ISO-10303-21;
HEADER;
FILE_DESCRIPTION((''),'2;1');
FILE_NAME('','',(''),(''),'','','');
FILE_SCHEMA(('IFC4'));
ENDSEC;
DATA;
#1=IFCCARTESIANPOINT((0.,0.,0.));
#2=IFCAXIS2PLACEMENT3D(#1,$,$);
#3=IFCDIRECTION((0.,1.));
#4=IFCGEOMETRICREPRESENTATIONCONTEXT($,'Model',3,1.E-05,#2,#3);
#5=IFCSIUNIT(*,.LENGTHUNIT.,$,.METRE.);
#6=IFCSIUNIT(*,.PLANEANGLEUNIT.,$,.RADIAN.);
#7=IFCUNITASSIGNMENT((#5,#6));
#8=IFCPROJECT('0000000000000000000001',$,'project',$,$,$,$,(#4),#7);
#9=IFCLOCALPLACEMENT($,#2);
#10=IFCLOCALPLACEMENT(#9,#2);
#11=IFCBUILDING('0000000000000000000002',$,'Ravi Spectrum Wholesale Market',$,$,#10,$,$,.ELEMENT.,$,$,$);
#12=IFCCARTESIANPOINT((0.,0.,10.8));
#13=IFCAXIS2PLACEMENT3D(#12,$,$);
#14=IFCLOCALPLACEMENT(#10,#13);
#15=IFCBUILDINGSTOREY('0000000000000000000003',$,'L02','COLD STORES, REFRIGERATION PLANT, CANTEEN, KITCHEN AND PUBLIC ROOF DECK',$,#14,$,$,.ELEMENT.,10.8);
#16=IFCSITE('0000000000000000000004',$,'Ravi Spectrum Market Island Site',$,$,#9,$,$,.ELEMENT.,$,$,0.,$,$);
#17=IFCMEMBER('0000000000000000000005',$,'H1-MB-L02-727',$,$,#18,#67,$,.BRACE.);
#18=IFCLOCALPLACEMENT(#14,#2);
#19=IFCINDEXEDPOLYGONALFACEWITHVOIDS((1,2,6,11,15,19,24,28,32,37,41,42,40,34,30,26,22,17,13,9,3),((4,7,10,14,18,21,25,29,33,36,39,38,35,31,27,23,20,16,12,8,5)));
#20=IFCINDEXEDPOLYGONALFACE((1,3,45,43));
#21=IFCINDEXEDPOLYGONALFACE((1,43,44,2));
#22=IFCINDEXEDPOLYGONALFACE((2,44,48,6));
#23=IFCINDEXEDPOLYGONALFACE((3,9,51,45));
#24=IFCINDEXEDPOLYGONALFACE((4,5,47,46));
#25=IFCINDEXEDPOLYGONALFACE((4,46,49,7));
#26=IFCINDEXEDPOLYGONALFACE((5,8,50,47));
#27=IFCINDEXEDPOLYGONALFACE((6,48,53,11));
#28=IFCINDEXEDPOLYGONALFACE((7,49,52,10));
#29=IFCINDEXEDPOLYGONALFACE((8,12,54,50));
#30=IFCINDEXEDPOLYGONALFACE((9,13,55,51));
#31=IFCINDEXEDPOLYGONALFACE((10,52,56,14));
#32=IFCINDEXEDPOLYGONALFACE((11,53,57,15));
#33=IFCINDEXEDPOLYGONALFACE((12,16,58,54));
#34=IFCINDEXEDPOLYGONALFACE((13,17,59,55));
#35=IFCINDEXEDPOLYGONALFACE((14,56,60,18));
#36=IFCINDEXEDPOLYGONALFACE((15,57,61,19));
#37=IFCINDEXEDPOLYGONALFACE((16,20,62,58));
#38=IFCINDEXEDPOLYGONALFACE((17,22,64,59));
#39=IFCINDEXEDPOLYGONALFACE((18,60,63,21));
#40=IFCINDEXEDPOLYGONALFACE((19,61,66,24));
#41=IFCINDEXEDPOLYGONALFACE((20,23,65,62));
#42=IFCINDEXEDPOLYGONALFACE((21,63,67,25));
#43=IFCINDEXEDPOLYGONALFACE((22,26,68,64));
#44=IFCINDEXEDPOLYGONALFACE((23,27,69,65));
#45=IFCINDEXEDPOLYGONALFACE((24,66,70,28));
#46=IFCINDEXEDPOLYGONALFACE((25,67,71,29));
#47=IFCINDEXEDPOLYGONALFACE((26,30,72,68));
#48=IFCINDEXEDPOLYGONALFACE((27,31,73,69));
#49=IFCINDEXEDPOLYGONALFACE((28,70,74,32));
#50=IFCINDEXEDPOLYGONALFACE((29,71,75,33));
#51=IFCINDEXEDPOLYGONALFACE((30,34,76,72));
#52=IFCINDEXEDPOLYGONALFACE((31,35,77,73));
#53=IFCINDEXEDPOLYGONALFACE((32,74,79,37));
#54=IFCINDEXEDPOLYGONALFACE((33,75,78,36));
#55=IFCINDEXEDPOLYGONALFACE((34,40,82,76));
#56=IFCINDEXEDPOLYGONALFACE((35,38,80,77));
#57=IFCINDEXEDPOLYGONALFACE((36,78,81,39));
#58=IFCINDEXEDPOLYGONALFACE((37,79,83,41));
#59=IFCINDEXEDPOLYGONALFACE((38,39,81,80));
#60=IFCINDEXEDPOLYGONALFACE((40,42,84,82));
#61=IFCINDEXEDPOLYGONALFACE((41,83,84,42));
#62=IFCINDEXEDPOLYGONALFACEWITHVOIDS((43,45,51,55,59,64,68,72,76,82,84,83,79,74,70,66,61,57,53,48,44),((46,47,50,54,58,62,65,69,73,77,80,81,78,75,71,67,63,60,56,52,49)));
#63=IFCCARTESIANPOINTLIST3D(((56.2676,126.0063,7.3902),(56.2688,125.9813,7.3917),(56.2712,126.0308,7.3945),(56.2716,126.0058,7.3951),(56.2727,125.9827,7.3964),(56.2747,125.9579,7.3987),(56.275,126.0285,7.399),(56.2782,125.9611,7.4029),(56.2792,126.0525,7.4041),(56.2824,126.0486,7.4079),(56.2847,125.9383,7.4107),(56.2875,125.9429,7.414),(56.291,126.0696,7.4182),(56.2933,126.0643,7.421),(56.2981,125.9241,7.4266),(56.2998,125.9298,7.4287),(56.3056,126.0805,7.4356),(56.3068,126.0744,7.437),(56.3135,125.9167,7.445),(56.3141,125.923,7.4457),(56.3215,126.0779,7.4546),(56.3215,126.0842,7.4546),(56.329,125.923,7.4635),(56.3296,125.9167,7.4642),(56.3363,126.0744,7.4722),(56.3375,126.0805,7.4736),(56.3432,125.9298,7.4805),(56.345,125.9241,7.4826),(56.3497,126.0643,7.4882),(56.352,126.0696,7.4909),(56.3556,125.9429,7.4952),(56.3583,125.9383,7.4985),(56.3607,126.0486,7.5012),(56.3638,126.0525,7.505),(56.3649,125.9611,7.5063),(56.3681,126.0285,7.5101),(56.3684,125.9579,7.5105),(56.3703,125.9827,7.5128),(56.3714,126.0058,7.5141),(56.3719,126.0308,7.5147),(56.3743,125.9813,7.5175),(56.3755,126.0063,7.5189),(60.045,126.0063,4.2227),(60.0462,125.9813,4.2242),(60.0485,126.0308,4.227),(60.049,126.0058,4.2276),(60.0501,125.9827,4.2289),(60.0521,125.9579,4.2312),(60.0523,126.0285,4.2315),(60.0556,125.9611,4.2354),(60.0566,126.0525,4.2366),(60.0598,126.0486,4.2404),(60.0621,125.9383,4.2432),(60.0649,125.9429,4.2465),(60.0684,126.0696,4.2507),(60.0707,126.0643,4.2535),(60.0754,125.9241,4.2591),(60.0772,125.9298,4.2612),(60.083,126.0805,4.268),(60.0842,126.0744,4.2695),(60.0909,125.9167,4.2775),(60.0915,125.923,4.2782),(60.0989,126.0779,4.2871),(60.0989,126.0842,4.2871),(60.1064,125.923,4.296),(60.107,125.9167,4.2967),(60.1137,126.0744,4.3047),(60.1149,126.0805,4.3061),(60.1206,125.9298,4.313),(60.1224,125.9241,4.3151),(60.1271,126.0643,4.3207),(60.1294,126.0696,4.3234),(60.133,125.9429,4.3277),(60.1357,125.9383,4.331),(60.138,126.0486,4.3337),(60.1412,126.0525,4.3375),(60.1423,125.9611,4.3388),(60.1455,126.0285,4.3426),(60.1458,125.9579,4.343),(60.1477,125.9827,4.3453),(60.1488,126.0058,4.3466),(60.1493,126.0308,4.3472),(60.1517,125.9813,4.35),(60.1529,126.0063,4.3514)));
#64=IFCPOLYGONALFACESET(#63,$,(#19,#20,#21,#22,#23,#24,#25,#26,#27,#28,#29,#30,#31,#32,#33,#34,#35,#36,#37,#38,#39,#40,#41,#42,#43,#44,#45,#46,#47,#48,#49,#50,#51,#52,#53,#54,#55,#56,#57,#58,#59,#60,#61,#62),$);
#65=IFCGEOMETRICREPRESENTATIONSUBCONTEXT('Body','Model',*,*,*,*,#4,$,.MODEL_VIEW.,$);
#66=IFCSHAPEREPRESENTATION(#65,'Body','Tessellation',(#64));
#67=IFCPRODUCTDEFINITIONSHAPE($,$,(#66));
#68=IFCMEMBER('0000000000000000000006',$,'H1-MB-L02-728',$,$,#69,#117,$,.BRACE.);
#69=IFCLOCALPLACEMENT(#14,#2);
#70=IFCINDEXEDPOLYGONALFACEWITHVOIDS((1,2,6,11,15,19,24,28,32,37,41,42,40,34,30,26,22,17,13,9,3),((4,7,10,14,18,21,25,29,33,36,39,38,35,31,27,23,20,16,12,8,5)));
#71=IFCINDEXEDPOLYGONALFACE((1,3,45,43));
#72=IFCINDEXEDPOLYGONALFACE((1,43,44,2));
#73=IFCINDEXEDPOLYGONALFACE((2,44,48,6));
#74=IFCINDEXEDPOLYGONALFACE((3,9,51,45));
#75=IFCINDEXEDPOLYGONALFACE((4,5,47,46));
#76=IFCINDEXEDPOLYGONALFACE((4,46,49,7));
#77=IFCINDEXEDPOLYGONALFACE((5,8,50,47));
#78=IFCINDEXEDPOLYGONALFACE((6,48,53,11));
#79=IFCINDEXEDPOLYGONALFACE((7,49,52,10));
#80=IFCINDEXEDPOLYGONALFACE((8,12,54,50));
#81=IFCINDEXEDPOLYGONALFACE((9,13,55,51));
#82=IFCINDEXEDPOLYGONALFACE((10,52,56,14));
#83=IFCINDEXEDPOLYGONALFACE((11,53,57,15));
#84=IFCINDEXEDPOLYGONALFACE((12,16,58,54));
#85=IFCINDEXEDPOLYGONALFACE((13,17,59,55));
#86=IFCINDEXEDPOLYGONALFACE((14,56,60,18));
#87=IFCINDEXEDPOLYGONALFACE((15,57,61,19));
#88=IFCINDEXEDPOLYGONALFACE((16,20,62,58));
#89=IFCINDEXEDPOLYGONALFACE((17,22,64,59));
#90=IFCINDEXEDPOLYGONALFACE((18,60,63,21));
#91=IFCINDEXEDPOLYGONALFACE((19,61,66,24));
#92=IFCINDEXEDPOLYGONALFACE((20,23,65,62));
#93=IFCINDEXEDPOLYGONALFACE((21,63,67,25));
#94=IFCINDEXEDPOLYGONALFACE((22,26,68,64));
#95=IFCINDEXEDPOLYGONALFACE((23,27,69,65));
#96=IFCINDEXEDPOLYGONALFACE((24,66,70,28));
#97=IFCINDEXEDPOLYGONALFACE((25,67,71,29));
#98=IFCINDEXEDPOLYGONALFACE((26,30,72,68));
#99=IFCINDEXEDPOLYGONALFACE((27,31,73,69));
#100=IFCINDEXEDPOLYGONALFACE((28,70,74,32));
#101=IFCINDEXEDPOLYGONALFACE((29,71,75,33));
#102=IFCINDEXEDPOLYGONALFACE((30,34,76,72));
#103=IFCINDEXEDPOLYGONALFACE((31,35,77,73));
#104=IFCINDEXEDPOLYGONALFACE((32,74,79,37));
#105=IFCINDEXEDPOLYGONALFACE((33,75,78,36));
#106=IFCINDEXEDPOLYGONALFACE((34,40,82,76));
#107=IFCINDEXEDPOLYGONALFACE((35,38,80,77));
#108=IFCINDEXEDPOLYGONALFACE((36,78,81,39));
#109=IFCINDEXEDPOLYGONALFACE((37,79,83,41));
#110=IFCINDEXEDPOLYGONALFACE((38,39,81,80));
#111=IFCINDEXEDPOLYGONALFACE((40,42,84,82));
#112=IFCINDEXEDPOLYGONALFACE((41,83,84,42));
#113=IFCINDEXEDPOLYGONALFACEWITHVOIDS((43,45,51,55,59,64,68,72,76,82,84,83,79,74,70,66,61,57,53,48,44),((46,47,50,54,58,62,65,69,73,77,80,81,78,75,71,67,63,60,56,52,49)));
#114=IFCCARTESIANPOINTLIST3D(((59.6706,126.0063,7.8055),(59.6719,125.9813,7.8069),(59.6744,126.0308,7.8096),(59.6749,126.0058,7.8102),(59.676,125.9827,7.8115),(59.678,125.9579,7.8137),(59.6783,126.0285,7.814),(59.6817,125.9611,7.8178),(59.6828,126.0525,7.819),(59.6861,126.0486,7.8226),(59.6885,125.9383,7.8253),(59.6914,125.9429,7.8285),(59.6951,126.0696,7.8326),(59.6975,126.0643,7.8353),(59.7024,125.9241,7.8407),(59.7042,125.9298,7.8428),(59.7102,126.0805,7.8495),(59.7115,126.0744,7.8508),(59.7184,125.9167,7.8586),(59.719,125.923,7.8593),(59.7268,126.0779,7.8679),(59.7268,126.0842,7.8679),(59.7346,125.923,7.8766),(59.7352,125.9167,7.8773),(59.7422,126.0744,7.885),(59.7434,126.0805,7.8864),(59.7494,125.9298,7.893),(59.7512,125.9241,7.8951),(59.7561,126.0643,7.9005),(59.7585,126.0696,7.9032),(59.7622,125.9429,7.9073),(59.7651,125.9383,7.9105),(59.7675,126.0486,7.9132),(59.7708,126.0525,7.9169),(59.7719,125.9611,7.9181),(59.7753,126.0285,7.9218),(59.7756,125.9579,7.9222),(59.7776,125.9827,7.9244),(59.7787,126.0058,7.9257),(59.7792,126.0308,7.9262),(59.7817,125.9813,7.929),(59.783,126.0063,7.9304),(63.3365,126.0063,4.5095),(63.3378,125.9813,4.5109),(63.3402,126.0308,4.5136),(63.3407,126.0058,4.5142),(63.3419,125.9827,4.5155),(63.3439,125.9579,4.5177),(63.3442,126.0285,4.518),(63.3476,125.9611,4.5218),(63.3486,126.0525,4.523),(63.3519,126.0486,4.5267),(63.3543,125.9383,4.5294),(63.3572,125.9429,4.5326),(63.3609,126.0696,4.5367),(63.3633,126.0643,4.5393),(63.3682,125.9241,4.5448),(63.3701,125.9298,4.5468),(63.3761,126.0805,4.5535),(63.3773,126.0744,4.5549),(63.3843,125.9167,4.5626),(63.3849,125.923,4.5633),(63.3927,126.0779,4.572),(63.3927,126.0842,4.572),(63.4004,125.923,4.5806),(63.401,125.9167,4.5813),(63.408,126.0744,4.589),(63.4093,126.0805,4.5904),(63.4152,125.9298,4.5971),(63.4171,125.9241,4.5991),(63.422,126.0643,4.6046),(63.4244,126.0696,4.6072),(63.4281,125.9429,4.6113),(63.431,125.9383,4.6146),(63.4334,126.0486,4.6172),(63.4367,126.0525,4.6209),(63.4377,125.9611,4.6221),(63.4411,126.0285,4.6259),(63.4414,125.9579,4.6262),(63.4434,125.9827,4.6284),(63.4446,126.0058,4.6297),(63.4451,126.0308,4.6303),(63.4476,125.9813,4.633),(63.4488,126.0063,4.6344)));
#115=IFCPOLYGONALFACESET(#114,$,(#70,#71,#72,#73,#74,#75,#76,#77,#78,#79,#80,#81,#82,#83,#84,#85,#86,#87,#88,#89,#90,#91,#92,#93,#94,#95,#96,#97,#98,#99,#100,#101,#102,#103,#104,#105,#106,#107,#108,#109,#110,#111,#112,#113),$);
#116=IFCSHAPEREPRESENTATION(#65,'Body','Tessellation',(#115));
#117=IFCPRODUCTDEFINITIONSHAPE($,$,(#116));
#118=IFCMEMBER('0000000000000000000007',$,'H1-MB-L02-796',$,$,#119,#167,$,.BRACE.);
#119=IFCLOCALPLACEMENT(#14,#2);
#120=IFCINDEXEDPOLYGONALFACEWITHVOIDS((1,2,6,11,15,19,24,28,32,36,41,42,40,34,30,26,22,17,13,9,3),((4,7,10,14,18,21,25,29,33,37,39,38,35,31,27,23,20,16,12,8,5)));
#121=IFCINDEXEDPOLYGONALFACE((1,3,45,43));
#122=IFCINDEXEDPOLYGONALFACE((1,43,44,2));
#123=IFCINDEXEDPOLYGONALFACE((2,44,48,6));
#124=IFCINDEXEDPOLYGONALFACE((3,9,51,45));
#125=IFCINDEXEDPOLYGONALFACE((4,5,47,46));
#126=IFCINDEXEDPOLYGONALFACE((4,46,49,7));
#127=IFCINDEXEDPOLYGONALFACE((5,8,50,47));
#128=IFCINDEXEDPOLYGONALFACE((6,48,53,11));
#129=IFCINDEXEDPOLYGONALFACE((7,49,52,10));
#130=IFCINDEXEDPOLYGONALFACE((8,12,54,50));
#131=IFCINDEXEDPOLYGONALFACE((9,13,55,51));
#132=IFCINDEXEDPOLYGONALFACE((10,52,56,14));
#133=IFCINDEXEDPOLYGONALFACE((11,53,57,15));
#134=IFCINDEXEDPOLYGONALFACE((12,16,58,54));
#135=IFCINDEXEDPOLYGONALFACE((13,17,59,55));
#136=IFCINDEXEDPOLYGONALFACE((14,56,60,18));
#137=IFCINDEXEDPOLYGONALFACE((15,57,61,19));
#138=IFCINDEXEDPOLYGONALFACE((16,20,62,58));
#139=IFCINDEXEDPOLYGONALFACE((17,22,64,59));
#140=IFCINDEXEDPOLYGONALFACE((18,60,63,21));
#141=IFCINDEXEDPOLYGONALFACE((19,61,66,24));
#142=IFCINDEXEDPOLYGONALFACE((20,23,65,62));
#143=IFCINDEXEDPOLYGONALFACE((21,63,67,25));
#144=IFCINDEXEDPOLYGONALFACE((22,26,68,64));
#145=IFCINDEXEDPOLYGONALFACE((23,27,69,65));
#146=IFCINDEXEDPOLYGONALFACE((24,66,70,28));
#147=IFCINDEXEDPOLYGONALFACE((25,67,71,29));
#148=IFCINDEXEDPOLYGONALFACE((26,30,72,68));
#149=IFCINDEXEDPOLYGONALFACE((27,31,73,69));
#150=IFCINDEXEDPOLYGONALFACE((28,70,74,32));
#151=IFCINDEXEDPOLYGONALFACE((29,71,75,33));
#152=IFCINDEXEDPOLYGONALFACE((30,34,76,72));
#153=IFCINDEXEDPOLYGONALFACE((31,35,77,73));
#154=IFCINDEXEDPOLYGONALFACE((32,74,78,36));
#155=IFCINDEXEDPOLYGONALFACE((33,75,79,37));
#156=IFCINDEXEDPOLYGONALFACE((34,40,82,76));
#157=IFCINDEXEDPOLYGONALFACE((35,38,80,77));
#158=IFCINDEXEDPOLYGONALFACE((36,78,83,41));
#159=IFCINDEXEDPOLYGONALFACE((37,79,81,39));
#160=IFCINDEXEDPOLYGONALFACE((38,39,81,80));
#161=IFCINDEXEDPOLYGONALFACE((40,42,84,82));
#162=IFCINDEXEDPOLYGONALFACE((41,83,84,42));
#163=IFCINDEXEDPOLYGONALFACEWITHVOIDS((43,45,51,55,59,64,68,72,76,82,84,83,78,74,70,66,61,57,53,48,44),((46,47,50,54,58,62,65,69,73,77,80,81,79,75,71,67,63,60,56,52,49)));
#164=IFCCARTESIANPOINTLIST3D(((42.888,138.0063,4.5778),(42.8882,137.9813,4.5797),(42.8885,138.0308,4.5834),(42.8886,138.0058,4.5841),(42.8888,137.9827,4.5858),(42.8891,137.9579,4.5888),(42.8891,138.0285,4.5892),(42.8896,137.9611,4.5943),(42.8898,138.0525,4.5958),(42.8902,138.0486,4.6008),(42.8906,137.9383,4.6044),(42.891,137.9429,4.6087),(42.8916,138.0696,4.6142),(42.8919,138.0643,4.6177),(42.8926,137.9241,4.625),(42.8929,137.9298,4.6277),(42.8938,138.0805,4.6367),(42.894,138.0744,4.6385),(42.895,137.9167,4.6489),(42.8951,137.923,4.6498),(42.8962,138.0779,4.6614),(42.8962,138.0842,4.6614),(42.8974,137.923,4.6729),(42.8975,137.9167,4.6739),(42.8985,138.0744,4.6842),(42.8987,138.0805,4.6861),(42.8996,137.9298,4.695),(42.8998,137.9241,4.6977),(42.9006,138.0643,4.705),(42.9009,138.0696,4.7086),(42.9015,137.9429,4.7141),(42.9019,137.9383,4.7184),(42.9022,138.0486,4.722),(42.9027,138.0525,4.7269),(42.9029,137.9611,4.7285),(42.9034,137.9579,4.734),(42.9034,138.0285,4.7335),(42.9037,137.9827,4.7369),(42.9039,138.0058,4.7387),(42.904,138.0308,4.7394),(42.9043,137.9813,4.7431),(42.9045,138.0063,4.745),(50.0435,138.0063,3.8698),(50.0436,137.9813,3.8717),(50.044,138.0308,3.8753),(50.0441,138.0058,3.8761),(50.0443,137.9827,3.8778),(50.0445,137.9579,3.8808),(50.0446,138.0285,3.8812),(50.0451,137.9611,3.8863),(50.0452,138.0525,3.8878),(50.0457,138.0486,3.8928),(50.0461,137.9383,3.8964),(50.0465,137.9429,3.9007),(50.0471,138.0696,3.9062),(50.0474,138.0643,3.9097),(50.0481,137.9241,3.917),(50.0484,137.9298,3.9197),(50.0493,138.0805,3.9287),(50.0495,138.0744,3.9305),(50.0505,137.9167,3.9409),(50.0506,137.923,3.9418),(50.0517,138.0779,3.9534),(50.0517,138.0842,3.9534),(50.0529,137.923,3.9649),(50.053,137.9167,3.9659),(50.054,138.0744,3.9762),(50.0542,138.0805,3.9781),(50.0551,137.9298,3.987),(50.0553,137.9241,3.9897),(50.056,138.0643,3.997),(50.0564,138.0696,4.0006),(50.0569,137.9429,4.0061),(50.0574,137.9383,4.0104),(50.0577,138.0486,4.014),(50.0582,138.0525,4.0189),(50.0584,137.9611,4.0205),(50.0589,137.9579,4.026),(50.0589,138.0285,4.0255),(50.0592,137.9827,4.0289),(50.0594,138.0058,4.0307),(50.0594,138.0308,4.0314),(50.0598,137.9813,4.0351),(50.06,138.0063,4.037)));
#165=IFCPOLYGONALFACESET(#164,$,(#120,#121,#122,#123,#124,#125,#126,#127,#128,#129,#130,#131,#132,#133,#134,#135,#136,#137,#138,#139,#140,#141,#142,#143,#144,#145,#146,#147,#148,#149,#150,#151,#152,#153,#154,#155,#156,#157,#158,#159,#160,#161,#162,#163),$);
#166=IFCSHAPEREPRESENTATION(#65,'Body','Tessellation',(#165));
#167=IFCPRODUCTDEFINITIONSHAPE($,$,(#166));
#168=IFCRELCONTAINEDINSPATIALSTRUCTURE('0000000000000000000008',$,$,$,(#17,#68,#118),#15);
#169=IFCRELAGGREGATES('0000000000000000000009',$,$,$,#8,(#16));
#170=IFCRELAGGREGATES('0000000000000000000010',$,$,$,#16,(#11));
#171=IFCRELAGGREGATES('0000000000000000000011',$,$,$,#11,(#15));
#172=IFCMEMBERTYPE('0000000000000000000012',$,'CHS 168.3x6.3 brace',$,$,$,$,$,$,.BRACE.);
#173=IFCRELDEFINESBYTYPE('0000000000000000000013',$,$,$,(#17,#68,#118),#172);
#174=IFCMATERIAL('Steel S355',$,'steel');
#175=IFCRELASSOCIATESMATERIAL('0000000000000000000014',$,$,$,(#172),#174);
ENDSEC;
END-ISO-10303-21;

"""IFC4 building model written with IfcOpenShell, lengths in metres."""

from ifc_helpers import new_model, si_unit, direction, frame, origin, origin_2d, place, context, subcontext, project, spatial, hollow_circle, extrude, material, material_profile, profile_set, type_object, element, save


model = new_model("IFC4")

# Units and contexts
model_context = context("Model", 3, precision=1e-05, world=origin(), true_north=direction((0.0, 1.0)))
body_context = subcontext(model_context, "Body", "Model", "MODEL_VIEW")
ifc_project = project(units=[si_unit("LENGTHUNIT", "METRE"), si_unit("PLANEANGLEUNIT", "RADIAN")], contexts=[model_context])

# Site, building, storey
site_placement = place(None, origin())
site = spatial("IfcSite", under=ifc_project, at=site_placement, Name="Ravi Spectrum Market Island Site", CompositionType="ELEMENT", RefElevation=0.0)
building_placement = place(site_placement, origin())
building = spatial("IfcBuilding", under=site, at=building_placement, Name="Ravi Spectrum Wholesale Market", CompositionType="ELEMENT")
storey_placement = place(building_placement, frame((0.0, 0.0, 10.8)))
storey = spatial("IfcBuildingStorey", under=building, at=storey_placement, Name="L02", Description="COLD STORES, REFRIGERATION PLANT, CANTEEN, KITCHEN AND PUBLIC ROOF DECK", CompositionType="ELEMENT", Elevation=10.8)

# Members
ifc_material_1 = material(Name="Steel S355", Category="steel")
ifc_material_profile_1 = material_profile(ifc_material_1, hollow_circle(Radius=0.0842, WallThickness=0.0063, at=origin_2d()))
ifc_profile_set_1 = profile_set([ifc_material_profile_1], Name="Steel S355")
member_type_1 = type_object("IfcMemberType", Name="CHS 168.3x6.3 brace", PredefinedType="BRACE", material=ifc_profile_set_1)
for number, where, z_axis, x_axis, name in (
    (1, (56.3215, 126.0, 7.4546), (0.766253, 0.0, -0.642539), (0.0, 1.0, 0.0), "H1-MB-L02-727"),
    (2, (59.7268, 126.0, 7.8679), (0.743627, 0.0, -0.668595), (0.0, 1.0, 0.0), "H1-MB-L02-728"),
):
    element("IfcMember", number, at=place(storey_placement, frame(where, z_axis=z_axis, x_axis=x_axis)), inside=storey, type_object=member_type_1, Name=name, PredefinedType="BRACE", context=body_context, shape_type="SweptSolid", body=[
        extrude(hollow_circle(Radius=0.0842, WallThickness=0.0063, at=origin_2d()), origin(), (0.0, 0.0, 1.0), 4.9297),
    ])
member_1_placement = place(storey_placement, frame((42.8962, 138.0, 4.6614), z_axis=(0.995141, 0.0, -0.098465), x_axis=(0.0, 1.0, 0.0)))
element("IfcMember", 3, at=member_1_placement, inside=storey, type_object=member_type_1, Name="H1-MB-L02-796", PredefinedType="BRACE", context=body_context, shape_type="SweptSolid", body=[
    extrude(hollow_circle(Radius=0.0842, WallThickness=0.0063, at=origin_2d()), origin(), (0.0, 0.0, 1.0), 7.1904),
])

save(model, "model.ifc")
